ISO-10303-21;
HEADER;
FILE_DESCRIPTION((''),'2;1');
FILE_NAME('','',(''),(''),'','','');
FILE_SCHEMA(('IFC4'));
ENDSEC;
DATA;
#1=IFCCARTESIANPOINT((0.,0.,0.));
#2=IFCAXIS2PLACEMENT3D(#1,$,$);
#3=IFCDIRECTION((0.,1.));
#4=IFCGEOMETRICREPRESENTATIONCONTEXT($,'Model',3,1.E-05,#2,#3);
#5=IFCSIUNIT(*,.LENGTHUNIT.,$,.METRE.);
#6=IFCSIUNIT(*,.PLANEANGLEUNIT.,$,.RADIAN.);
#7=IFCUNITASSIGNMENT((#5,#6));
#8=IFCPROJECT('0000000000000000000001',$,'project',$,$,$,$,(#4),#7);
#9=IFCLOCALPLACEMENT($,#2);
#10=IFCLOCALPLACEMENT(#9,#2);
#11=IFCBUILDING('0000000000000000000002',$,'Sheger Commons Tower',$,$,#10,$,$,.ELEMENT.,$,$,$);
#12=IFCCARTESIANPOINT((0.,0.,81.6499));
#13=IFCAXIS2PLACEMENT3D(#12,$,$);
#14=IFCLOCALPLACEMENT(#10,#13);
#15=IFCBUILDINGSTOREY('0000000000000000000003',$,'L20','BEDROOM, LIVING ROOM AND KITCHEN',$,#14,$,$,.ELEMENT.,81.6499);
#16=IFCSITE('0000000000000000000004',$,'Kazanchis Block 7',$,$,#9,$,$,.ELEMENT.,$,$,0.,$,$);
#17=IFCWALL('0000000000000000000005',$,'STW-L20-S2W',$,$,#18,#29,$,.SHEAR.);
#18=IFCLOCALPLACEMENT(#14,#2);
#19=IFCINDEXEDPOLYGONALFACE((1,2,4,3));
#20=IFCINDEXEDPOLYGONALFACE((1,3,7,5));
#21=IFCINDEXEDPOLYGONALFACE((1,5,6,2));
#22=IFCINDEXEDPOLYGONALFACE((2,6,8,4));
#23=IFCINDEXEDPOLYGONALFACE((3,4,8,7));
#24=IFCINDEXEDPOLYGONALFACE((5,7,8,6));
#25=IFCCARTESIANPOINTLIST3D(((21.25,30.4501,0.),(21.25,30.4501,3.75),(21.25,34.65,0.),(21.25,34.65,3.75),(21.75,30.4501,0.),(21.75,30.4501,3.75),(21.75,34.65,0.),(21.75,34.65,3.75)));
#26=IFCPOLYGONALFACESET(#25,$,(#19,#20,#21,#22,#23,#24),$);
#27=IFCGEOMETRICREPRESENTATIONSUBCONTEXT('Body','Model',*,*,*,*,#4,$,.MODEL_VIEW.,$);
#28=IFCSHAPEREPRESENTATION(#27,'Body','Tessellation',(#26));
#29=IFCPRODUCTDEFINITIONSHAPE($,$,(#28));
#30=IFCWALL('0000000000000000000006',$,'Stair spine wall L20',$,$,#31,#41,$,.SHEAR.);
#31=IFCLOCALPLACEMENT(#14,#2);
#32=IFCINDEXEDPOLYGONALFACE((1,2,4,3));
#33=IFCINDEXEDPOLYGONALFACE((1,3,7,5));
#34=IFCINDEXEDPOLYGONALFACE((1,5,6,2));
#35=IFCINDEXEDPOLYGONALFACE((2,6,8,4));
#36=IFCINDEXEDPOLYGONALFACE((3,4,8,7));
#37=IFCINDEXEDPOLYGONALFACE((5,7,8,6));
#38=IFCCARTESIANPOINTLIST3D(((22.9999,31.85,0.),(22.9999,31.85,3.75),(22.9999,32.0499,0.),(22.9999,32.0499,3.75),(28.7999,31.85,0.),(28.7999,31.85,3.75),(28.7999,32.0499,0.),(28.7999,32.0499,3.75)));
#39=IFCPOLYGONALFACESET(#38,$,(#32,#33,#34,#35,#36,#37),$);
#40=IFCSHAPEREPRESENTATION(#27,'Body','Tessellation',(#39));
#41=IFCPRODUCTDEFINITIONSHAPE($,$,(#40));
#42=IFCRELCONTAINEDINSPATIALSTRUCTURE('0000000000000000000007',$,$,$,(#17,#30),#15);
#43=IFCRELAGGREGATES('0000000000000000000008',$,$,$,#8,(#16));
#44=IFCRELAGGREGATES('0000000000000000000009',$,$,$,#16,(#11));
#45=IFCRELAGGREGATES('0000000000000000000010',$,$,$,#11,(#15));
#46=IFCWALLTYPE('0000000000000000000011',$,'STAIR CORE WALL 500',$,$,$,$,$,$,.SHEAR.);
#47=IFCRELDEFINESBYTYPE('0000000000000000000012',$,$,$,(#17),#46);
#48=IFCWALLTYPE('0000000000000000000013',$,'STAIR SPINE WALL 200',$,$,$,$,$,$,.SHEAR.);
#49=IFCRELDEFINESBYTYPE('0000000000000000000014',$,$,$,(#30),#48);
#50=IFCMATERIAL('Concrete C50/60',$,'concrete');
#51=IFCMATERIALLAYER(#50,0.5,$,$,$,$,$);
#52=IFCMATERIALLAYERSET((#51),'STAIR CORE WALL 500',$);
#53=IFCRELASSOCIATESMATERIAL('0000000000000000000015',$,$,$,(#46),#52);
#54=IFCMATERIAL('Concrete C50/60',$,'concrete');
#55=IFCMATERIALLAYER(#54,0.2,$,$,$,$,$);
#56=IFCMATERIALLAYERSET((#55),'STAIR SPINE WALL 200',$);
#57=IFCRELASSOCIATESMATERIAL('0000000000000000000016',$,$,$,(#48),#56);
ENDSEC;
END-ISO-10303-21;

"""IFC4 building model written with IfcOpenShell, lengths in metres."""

from ifc_helpers import new_model, si_unit, direction, frame, frame_2d, origin, place, context, subcontext, project, spatial, rectangle, extrude, material, layer, layer_set, type_object, element, save


model = new_model("IFC4")

# Units and contexts
model_context = context("Model", 3, precision=1e-05, world=origin(), true_north=direction((0.0, 1.0)))
body_context = subcontext(model_context, "Body", "Model", "MODEL_VIEW")
ifc_project = project(units=[si_unit("LENGTHUNIT", "METRE"), si_unit("PLANEANGLEUNIT", "RADIAN")], contexts=[model_context])

# Site, building, storey
site_placement = place(None, origin())
site = spatial("IfcSite", under=ifc_project, at=site_placement, Name="Kazanchis Block 7", CompositionType="ELEMENT", RefElevation=0.0)
building_placement = place(site_placement, origin())
building = spatial("IfcBuilding", under=site, at=building_placement, Name="Sheger Commons Tower", CompositionType="ELEMENT")
storey_placement = place(building_placement, frame((0.0, 0.0, 81.6499)))
storey = spatial("IfcBuildingStorey", under=building, at=storey_placement, Name="L20", Description="BEDROOM, LIVING ROOM AND KITCHEN", CompositionType="ELEMENT", Elevation=81.6499)

# Walls
ifc_material_1 = material(Name="Concrete C50/60", Category="concrete")
ifc_layer_1 = layer(ifc_material_1, 0.5)
ifc_layer_set_1 = layer_set([ifc_layer_1], Name="STAIR CORE WALL 500")
wall_type_1 = type_object("IfcWallType", Name="STAIR CORE WALL 500", PredefinedType="SHEAR", material=ifc_layer_set_1)
wall_1_placement = place(storey_placement, frame((21.5, 30.45, 0.0), z_axis=(0.0, 0.0, 1.0), x_axis=(0.0, 1.0, 0.0)))
element("IfcWall", 1, at=wall_1_placement, inside=storey, type_object=wall_type_1, Name="STW-L20-S2W", PredefinedType="SHEAR", context=body_context, shape_type="SweptSolid", body=[
    extrude(rectangle(XDim=4.2, YDim=0.5, at=frame_2d((2.1001, 0.0))), origin(), (0.0, 0.0, 1.0), 3.75),
])
ifc_material_2 = material(Name="Concrete C50/60", Category="concrete")
ifc_layer_2 = layer(ifc_material_2, 0.2)
ifc_layer_set_2 = layer_set([ifc_layer_2], Name="STAIR SPINE WALL 200")
wall_type_2 = type_object("IfcWallType", Name="STAIR SPINE WALL 200", PredefinedType="SHEAR", material=ifc_layer_set_2)
wall_2_placement = place(storey_placement, frame((23.0, 31.95, 0.0), z_axis=(0.0, 0.0, 1.0), x_axis=(1.0, 0.0, 0.0)))
element("IfcWall", 2, at=wall_2_placement, inside=storey, type_object=wall_type_2, Name="Stair spine wall L20", PredefinedType="SHEAR", context=body_context, shape_type="SweptSolid", body=[
    extrude(rectangle(XDim=5.8, YDim=0.2, at=frame_2d((2.8999, 0.0))), origin(), (0.0, 0.0, 1.0), 3.75),
])

save(model, "model.ifc")
